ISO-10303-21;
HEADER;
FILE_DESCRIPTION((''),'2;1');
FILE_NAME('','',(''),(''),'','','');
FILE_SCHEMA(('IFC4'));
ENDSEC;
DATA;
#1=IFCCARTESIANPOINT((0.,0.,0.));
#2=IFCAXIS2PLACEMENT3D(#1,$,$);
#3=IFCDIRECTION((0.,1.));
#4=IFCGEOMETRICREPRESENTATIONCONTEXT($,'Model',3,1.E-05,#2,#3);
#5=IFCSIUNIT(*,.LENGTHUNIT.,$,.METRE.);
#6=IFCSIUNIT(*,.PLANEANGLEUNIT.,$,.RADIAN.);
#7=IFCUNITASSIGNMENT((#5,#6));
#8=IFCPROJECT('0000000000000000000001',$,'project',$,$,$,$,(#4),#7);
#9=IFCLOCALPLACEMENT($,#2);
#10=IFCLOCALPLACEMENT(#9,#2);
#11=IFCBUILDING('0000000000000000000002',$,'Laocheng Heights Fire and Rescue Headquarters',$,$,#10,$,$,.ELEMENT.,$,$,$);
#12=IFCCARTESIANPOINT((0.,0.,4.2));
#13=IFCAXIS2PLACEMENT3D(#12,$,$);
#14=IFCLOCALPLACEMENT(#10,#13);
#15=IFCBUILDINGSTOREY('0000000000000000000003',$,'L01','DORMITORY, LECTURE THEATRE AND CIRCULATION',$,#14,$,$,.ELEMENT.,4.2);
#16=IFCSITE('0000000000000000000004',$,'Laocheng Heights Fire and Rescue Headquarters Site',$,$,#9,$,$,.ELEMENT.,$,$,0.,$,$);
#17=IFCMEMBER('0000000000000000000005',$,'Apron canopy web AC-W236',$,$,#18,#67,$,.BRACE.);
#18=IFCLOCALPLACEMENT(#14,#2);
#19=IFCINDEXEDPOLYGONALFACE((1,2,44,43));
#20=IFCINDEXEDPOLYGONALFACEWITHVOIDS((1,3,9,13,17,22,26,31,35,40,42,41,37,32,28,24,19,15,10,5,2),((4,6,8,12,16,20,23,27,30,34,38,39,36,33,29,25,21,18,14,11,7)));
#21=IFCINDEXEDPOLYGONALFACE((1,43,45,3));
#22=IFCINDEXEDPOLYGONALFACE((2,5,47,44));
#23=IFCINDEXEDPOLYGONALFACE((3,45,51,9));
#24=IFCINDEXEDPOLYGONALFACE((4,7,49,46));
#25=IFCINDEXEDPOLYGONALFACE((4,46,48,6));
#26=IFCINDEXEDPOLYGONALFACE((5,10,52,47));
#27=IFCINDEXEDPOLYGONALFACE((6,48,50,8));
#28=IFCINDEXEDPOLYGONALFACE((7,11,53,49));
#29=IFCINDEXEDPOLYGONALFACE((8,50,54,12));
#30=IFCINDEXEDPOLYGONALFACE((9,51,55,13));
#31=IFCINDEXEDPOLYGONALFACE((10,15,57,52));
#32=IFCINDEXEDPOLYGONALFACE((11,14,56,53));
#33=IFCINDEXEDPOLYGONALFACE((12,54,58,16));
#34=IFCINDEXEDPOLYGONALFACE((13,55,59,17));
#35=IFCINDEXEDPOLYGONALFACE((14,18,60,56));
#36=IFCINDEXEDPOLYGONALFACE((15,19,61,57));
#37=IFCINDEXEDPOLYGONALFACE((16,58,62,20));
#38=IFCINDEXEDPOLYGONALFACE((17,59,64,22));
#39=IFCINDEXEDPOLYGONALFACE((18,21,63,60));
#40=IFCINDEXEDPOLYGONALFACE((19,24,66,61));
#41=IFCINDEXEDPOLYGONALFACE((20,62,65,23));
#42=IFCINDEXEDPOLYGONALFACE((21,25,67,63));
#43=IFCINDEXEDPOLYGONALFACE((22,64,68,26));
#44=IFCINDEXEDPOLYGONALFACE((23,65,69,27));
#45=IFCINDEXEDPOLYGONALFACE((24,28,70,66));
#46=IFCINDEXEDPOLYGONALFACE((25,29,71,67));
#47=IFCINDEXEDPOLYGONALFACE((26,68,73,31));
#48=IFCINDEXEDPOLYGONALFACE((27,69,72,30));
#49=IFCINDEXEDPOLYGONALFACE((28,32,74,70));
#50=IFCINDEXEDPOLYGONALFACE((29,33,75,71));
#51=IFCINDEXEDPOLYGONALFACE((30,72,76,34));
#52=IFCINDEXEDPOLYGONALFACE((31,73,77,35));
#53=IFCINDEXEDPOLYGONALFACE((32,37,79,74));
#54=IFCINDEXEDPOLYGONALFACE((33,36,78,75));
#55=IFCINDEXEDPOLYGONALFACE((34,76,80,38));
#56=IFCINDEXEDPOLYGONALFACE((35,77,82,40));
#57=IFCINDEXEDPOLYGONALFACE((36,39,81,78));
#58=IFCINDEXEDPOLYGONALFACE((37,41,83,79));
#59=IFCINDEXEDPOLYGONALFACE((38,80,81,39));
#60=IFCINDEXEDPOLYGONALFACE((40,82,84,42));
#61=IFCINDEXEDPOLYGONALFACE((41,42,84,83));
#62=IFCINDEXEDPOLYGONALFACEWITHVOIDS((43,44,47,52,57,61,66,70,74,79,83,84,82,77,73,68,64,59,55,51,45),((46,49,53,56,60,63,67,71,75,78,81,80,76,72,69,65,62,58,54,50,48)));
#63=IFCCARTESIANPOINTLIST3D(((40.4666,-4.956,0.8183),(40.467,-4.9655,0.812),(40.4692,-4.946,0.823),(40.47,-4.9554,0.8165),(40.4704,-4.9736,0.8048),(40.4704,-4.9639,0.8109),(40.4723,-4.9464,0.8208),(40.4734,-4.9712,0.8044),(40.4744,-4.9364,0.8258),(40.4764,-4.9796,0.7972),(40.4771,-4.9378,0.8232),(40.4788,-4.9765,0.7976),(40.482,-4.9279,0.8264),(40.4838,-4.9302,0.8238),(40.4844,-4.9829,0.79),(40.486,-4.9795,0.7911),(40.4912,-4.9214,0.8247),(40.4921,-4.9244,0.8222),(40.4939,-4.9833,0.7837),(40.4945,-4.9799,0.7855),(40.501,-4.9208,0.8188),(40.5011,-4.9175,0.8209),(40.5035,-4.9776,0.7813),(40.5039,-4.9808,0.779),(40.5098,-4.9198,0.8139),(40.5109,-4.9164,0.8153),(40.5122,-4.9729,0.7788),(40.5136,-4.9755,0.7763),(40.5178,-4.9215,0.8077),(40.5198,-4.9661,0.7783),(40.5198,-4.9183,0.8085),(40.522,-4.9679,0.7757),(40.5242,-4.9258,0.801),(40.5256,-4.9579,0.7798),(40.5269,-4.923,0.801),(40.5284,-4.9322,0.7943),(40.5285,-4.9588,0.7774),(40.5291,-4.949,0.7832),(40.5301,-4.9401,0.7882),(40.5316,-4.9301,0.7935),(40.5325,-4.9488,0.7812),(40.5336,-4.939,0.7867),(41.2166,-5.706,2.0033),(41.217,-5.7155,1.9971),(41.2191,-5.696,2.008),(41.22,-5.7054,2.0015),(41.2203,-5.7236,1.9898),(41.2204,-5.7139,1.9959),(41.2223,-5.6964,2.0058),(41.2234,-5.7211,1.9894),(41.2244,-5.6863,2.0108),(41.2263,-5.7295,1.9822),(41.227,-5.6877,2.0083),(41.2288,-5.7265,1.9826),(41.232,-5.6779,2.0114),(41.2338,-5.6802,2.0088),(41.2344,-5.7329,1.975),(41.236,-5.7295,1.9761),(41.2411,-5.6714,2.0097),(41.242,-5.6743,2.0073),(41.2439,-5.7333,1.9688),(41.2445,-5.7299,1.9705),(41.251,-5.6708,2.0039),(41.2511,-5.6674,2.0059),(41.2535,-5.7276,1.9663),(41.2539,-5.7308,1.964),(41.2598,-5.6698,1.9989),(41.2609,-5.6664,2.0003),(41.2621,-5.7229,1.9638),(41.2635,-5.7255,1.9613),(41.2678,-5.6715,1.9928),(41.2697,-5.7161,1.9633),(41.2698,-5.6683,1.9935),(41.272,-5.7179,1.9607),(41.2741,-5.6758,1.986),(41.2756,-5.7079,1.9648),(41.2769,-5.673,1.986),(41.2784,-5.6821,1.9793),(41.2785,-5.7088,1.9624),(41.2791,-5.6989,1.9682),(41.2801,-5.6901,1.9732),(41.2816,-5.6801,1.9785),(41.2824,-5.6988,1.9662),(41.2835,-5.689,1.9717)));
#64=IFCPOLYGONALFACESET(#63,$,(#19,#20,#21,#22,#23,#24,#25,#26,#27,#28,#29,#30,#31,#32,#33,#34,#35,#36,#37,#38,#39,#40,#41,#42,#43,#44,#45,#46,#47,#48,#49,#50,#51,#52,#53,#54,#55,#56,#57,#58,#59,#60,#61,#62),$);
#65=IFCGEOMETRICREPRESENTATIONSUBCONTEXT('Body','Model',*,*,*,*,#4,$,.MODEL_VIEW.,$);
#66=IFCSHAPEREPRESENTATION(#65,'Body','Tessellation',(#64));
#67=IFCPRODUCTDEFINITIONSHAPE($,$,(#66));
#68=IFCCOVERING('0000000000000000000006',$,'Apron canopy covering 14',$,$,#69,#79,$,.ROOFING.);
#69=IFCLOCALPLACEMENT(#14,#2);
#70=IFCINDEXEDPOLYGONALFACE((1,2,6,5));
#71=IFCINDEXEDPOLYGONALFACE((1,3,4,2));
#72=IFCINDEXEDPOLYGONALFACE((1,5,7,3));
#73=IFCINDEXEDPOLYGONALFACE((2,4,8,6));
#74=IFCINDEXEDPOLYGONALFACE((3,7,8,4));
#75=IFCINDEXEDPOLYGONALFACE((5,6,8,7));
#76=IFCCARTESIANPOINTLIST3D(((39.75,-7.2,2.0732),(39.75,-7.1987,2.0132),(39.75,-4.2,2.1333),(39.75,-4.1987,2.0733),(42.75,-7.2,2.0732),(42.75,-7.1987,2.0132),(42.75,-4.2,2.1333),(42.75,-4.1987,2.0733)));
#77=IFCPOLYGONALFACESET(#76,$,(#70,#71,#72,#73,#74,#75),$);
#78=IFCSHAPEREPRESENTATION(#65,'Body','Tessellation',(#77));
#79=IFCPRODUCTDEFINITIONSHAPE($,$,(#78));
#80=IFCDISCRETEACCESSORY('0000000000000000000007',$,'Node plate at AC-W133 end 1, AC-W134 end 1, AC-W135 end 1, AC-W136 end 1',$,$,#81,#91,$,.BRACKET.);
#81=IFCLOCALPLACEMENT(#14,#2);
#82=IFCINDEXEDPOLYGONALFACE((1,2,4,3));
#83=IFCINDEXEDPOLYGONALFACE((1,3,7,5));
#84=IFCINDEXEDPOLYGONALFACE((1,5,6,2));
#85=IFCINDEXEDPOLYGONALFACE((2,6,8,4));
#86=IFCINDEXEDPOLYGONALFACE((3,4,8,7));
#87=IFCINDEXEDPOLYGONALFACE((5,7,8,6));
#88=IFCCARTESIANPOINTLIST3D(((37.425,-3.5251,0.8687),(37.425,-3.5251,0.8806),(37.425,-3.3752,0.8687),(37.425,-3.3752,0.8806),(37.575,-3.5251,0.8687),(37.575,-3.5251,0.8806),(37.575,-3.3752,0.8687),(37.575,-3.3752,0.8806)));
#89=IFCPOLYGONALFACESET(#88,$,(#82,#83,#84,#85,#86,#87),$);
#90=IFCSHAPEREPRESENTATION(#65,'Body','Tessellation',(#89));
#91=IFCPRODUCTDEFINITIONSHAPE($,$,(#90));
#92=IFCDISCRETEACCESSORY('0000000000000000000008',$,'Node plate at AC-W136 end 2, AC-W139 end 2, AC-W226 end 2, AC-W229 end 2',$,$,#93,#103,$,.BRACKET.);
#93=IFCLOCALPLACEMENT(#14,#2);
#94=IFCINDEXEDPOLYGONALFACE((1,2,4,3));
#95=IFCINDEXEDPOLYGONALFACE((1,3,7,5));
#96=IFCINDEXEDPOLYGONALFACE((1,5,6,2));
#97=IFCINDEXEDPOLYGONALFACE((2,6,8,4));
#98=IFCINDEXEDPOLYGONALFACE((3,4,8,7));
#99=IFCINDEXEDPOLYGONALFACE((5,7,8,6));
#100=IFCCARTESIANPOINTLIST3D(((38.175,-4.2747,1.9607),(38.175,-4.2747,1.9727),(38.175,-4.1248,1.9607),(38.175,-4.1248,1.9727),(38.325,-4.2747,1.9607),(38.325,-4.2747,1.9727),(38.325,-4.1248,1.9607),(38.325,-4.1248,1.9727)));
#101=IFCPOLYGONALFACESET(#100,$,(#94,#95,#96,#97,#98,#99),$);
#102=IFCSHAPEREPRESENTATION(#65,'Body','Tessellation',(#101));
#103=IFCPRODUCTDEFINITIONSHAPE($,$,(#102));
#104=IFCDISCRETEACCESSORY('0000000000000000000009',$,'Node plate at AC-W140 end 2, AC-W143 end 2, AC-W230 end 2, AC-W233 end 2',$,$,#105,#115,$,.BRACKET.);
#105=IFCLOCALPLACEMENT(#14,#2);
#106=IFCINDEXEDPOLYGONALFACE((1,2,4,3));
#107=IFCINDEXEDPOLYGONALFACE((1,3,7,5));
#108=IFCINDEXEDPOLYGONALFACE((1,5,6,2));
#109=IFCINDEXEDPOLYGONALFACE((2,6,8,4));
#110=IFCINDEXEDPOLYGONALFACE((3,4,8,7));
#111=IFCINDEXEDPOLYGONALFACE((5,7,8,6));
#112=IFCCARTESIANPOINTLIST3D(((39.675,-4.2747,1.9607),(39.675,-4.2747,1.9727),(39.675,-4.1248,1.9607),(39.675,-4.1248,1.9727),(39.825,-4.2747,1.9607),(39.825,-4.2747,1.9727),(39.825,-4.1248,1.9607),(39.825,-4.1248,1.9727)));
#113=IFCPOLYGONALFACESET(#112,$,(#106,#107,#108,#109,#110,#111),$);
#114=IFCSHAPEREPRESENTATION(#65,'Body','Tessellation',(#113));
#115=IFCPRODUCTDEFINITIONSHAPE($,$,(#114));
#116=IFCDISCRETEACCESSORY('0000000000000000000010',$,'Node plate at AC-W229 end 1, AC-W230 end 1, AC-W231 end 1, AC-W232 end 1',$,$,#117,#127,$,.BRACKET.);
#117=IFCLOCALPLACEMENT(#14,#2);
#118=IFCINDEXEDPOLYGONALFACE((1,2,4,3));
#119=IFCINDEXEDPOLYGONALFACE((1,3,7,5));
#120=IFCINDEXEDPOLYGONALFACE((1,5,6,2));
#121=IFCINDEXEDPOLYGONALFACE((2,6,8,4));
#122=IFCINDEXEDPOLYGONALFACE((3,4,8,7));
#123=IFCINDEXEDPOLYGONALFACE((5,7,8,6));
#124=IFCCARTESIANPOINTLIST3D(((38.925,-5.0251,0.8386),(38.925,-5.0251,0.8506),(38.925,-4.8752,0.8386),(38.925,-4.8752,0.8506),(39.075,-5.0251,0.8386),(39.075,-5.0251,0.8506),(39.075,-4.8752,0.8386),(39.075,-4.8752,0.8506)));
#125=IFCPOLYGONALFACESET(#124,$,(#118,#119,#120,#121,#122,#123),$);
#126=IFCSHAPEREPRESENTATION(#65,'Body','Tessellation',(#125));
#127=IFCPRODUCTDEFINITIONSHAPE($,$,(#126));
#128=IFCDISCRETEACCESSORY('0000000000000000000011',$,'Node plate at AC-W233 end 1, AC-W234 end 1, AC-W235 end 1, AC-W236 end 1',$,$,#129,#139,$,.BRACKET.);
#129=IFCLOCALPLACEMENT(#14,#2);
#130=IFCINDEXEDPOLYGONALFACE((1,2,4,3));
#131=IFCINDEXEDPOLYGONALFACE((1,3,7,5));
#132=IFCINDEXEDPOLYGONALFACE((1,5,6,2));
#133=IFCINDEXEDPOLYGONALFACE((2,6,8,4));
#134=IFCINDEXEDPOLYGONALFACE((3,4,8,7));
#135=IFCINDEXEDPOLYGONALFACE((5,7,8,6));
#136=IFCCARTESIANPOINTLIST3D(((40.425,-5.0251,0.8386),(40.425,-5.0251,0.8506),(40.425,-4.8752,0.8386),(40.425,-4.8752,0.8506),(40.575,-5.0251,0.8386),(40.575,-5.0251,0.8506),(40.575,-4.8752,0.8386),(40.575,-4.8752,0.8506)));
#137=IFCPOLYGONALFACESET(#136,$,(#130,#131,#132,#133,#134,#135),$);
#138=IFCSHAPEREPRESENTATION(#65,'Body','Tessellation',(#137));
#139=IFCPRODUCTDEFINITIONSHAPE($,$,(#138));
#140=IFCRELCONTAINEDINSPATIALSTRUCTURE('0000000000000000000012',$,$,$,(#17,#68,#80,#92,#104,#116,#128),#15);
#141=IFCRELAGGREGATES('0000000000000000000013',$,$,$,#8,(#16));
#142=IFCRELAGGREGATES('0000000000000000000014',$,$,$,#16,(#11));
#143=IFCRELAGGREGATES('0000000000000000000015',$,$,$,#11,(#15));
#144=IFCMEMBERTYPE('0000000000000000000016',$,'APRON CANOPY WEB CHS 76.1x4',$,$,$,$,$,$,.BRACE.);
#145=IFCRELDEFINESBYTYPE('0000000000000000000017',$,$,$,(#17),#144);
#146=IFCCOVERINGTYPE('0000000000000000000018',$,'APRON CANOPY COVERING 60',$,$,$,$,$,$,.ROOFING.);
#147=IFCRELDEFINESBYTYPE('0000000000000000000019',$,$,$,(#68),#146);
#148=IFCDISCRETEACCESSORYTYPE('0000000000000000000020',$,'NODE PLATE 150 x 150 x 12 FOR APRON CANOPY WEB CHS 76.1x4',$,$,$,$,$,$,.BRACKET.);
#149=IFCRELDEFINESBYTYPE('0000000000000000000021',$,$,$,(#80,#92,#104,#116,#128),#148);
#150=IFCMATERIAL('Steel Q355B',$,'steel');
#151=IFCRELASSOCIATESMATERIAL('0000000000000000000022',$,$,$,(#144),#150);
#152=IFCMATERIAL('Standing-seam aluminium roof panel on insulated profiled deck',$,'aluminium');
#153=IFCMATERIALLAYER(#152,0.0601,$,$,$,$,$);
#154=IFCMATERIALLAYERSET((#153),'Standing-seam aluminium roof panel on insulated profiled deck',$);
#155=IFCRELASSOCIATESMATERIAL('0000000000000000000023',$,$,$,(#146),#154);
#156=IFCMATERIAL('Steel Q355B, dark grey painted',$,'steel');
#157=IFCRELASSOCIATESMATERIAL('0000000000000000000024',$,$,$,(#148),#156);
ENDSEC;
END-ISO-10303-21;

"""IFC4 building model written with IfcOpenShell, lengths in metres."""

from ifc_helpers import new_model, si_unit, direction, frame, origin, origin_2d, place, context, subcontext, project, spatial, polyline, rectangle, hollow_circle, outline, extrude, material, layer, layer_set, material_profile, profile_set, type_object, element, save


model = new_model("IFC4")

# Units and contexts
model_context = context("Model", 3, precision=1e-05, world=origin(), true_north=direction((0.0, 1.0)))
body_context = subcontext(model_context, "Body", "Model", "MODEL_VIEW")
ifc_project = project(units=[si_unit("LENGTHUNIT", "METRE"), si_unit("PLANEANGLEUNIT", "RADIAN")], contexts=[model_context])

# Site, building, storey
site_placement = place(None, origin())
site = spatial("IfcSite", under=ifc_project, at=site_placement, Name="Laocheng Heights Fire and Rescue Headquarters Site", CompositionType="ELEMENT", RefElevation=0.0)
building_placement = place(site_placement, origin())
building = spatial("IfcBuilding", under=site, at=building_placement, Name="Laocheng Heights Fire and Rescue Headquarters", CompositionType="ELEMENT")
storey_placement = place(building_placement, frame((0.0, 0.0, 4.2)))
storey = spatial("IfcBuildingStorey", under=building, at=storey_placement, Name="L01", Description="DORMITORY, LECTURE THEATRE AND CIRCULATION", CompositionType="ELEMENT", Elevation=4.2)

# Member
ifc_material_1 = material(Name="Steel Q355B", Category="steel")
ifc_material_profile_1 = material_profile(ifc_material_1, hollow_circle(Radius=0.0381, WallThickness=0.0039, at=origin_2d()), Name="CHS 76.1x4")
ifc_profile_set_1 = profile_set([ifc_material_profile_1], Name="Steel Q355B")
member_type_1 = type_object("IfcMemberType", Name="APRON CANOPY WEB CHS 76.1x4", PredefinedType="BRACE", material=ifc_profile_set_1)
for number, where, z_axis, x_axis, name in (
    (1, (40.5, -4.95, 0.801), (0.47158, -0.47158, 0.745134), (0.707107, 0.707107, 0.0), "Apron canopy web AC-W236"),
):
    element("IfcMember", number, at=place(storey_placement, frame(where, z_axis=z_axis, x_axis=x_axis)), inside=storey, type_object=member_type_1, Name=name, PredefinedType="BRACE", context=body_context, shape_type="SweptSolid", body=[
        extrude(hollow_circle(Radius=0.0381, WallThickness=0.0039, at=origin_2d()), origin(), (0.0, 0.0, 1.0), 1.5903),
    ])

# Covering
ifc_material_2 = material(Name="Standing-seam aluminium roof panel on insulated profiled deck", Category="aluminium")
ifc_layer = layer(ifc_material_2, 0.0601)
ifc_layer_set = layer_set([ifc_layer], Name="Standing-seam aluminium roof panel on insulated profiled deck")
covering_type = type_object("IfcCoveringType", Name="APRON CANOPY COVERING 60", PredefinedType="ROOFING", material=ifc_layer_set)
covering_placement = place(storey_placement, frame((39.75, -4.2, 2.1333), z_axis=(0.0, -0.020016, 0.9998), x_axis=(1.0, 0.0, 0.0)))
element("IfcCovering", 2, at=covering_placement, inside=storey, type_object=covering_type, Name="Apron canopy covering 14", PredefinedType="ROOFING", context=body_context, shape_type="SweptSolid", body=[
    extrude(outline(polyline([(0.0, 0.0), (3.0, 0.0), (3.0, -3.0006), (0.0, -3.0006), (0.0, 0.0)])), origin(), (0.0, 0.0, -1.0), 0.0601),
])

# Discrete accessories
ifc_material_3 = material(Name="Steel Q355B, dark grey painted", Category="steel")
ifc_material_profile_2 = material_profile(ifc_material_3, rectangle(XDim=0.1499, YDim=0.1499, at=origin_2d()), Name="NODE PLATE 150 x 150 x 12 FOR APRON CANOPY WEB CHS 76.1x4")
ifc_profile_set_2 = profile_set([ifc_material_profile_2], Name="Steel Q355B, dark grey painted")
discrete_accessory_type = type_object("IfcDiscreteAccessoryType", Name="NODE PLATE 150 x 150 x 12 FOR APRON CANOPY WEB CHS 76.1x4", PredefinedType="BRACKET", material=ifc_profile_set_2)
for number, where, z_axis, x_axis, name in (
    (3, (37.5, -3.4502, 0.8687), (0.0, 0.0, 1.0), (1.0, 0.0, 0.0), "Node plate at AC-W133 end 1, AC-W134 end 1, AC-W135 end 1, AC-W136 end 1"),
    (4, (38.25, -4.1997, 1.9727), (0.0, 0.0, -1.0), (1.0, 0.0, 0.0), "Node plate at AC-W136 end 2, AC-W139 end 2, AC-W226 end 2, AC-W229 end 2"),
    (5, (39.75, -4.1997, 1.9727), (0.0, 0.0, -1.0), (1.0, 0.0, 0.0), "Node plate at AC-W140 end 2, AC-W143 end 2, AC-W230 end 2, AC-W233 end 2"),
    (6, (39.0, -4.9502, 0.8386), (0.0, 0.0, 1.0), (1.0, 0.0, 0.0), "Node plate at AC-W229 end 1, AC-W230 end 1, AC-W231 end 1, AC-W232 end 1"),
    (7, (40.5, -4.9502, 0.8386), (0.0, 0.0, 1.0), (1.0, 0.0, 0.0), "Node plate at AC-W233 end 1, AC-W234 end 1, AC-W235 end 1, AC-W236 end 1"),
):
    element("IfcDiscreteAccessory", number, at=place(storey_placement, frame(where, z_axis=z_axis, x_axis=x_axis)), inside=storey, type_object=discrete_accessory_type, Name=name, PredefinedType="BRACKET", context=body_context, shape_type="SweptSolid", body=[
        extrude(rectangle(XDim=0.1499, YDim=0.1499, at=origin_2d()), origin(), (0.0, 0.0, 1.0), 0.012),
    ])

save(model, "model.ifc")
